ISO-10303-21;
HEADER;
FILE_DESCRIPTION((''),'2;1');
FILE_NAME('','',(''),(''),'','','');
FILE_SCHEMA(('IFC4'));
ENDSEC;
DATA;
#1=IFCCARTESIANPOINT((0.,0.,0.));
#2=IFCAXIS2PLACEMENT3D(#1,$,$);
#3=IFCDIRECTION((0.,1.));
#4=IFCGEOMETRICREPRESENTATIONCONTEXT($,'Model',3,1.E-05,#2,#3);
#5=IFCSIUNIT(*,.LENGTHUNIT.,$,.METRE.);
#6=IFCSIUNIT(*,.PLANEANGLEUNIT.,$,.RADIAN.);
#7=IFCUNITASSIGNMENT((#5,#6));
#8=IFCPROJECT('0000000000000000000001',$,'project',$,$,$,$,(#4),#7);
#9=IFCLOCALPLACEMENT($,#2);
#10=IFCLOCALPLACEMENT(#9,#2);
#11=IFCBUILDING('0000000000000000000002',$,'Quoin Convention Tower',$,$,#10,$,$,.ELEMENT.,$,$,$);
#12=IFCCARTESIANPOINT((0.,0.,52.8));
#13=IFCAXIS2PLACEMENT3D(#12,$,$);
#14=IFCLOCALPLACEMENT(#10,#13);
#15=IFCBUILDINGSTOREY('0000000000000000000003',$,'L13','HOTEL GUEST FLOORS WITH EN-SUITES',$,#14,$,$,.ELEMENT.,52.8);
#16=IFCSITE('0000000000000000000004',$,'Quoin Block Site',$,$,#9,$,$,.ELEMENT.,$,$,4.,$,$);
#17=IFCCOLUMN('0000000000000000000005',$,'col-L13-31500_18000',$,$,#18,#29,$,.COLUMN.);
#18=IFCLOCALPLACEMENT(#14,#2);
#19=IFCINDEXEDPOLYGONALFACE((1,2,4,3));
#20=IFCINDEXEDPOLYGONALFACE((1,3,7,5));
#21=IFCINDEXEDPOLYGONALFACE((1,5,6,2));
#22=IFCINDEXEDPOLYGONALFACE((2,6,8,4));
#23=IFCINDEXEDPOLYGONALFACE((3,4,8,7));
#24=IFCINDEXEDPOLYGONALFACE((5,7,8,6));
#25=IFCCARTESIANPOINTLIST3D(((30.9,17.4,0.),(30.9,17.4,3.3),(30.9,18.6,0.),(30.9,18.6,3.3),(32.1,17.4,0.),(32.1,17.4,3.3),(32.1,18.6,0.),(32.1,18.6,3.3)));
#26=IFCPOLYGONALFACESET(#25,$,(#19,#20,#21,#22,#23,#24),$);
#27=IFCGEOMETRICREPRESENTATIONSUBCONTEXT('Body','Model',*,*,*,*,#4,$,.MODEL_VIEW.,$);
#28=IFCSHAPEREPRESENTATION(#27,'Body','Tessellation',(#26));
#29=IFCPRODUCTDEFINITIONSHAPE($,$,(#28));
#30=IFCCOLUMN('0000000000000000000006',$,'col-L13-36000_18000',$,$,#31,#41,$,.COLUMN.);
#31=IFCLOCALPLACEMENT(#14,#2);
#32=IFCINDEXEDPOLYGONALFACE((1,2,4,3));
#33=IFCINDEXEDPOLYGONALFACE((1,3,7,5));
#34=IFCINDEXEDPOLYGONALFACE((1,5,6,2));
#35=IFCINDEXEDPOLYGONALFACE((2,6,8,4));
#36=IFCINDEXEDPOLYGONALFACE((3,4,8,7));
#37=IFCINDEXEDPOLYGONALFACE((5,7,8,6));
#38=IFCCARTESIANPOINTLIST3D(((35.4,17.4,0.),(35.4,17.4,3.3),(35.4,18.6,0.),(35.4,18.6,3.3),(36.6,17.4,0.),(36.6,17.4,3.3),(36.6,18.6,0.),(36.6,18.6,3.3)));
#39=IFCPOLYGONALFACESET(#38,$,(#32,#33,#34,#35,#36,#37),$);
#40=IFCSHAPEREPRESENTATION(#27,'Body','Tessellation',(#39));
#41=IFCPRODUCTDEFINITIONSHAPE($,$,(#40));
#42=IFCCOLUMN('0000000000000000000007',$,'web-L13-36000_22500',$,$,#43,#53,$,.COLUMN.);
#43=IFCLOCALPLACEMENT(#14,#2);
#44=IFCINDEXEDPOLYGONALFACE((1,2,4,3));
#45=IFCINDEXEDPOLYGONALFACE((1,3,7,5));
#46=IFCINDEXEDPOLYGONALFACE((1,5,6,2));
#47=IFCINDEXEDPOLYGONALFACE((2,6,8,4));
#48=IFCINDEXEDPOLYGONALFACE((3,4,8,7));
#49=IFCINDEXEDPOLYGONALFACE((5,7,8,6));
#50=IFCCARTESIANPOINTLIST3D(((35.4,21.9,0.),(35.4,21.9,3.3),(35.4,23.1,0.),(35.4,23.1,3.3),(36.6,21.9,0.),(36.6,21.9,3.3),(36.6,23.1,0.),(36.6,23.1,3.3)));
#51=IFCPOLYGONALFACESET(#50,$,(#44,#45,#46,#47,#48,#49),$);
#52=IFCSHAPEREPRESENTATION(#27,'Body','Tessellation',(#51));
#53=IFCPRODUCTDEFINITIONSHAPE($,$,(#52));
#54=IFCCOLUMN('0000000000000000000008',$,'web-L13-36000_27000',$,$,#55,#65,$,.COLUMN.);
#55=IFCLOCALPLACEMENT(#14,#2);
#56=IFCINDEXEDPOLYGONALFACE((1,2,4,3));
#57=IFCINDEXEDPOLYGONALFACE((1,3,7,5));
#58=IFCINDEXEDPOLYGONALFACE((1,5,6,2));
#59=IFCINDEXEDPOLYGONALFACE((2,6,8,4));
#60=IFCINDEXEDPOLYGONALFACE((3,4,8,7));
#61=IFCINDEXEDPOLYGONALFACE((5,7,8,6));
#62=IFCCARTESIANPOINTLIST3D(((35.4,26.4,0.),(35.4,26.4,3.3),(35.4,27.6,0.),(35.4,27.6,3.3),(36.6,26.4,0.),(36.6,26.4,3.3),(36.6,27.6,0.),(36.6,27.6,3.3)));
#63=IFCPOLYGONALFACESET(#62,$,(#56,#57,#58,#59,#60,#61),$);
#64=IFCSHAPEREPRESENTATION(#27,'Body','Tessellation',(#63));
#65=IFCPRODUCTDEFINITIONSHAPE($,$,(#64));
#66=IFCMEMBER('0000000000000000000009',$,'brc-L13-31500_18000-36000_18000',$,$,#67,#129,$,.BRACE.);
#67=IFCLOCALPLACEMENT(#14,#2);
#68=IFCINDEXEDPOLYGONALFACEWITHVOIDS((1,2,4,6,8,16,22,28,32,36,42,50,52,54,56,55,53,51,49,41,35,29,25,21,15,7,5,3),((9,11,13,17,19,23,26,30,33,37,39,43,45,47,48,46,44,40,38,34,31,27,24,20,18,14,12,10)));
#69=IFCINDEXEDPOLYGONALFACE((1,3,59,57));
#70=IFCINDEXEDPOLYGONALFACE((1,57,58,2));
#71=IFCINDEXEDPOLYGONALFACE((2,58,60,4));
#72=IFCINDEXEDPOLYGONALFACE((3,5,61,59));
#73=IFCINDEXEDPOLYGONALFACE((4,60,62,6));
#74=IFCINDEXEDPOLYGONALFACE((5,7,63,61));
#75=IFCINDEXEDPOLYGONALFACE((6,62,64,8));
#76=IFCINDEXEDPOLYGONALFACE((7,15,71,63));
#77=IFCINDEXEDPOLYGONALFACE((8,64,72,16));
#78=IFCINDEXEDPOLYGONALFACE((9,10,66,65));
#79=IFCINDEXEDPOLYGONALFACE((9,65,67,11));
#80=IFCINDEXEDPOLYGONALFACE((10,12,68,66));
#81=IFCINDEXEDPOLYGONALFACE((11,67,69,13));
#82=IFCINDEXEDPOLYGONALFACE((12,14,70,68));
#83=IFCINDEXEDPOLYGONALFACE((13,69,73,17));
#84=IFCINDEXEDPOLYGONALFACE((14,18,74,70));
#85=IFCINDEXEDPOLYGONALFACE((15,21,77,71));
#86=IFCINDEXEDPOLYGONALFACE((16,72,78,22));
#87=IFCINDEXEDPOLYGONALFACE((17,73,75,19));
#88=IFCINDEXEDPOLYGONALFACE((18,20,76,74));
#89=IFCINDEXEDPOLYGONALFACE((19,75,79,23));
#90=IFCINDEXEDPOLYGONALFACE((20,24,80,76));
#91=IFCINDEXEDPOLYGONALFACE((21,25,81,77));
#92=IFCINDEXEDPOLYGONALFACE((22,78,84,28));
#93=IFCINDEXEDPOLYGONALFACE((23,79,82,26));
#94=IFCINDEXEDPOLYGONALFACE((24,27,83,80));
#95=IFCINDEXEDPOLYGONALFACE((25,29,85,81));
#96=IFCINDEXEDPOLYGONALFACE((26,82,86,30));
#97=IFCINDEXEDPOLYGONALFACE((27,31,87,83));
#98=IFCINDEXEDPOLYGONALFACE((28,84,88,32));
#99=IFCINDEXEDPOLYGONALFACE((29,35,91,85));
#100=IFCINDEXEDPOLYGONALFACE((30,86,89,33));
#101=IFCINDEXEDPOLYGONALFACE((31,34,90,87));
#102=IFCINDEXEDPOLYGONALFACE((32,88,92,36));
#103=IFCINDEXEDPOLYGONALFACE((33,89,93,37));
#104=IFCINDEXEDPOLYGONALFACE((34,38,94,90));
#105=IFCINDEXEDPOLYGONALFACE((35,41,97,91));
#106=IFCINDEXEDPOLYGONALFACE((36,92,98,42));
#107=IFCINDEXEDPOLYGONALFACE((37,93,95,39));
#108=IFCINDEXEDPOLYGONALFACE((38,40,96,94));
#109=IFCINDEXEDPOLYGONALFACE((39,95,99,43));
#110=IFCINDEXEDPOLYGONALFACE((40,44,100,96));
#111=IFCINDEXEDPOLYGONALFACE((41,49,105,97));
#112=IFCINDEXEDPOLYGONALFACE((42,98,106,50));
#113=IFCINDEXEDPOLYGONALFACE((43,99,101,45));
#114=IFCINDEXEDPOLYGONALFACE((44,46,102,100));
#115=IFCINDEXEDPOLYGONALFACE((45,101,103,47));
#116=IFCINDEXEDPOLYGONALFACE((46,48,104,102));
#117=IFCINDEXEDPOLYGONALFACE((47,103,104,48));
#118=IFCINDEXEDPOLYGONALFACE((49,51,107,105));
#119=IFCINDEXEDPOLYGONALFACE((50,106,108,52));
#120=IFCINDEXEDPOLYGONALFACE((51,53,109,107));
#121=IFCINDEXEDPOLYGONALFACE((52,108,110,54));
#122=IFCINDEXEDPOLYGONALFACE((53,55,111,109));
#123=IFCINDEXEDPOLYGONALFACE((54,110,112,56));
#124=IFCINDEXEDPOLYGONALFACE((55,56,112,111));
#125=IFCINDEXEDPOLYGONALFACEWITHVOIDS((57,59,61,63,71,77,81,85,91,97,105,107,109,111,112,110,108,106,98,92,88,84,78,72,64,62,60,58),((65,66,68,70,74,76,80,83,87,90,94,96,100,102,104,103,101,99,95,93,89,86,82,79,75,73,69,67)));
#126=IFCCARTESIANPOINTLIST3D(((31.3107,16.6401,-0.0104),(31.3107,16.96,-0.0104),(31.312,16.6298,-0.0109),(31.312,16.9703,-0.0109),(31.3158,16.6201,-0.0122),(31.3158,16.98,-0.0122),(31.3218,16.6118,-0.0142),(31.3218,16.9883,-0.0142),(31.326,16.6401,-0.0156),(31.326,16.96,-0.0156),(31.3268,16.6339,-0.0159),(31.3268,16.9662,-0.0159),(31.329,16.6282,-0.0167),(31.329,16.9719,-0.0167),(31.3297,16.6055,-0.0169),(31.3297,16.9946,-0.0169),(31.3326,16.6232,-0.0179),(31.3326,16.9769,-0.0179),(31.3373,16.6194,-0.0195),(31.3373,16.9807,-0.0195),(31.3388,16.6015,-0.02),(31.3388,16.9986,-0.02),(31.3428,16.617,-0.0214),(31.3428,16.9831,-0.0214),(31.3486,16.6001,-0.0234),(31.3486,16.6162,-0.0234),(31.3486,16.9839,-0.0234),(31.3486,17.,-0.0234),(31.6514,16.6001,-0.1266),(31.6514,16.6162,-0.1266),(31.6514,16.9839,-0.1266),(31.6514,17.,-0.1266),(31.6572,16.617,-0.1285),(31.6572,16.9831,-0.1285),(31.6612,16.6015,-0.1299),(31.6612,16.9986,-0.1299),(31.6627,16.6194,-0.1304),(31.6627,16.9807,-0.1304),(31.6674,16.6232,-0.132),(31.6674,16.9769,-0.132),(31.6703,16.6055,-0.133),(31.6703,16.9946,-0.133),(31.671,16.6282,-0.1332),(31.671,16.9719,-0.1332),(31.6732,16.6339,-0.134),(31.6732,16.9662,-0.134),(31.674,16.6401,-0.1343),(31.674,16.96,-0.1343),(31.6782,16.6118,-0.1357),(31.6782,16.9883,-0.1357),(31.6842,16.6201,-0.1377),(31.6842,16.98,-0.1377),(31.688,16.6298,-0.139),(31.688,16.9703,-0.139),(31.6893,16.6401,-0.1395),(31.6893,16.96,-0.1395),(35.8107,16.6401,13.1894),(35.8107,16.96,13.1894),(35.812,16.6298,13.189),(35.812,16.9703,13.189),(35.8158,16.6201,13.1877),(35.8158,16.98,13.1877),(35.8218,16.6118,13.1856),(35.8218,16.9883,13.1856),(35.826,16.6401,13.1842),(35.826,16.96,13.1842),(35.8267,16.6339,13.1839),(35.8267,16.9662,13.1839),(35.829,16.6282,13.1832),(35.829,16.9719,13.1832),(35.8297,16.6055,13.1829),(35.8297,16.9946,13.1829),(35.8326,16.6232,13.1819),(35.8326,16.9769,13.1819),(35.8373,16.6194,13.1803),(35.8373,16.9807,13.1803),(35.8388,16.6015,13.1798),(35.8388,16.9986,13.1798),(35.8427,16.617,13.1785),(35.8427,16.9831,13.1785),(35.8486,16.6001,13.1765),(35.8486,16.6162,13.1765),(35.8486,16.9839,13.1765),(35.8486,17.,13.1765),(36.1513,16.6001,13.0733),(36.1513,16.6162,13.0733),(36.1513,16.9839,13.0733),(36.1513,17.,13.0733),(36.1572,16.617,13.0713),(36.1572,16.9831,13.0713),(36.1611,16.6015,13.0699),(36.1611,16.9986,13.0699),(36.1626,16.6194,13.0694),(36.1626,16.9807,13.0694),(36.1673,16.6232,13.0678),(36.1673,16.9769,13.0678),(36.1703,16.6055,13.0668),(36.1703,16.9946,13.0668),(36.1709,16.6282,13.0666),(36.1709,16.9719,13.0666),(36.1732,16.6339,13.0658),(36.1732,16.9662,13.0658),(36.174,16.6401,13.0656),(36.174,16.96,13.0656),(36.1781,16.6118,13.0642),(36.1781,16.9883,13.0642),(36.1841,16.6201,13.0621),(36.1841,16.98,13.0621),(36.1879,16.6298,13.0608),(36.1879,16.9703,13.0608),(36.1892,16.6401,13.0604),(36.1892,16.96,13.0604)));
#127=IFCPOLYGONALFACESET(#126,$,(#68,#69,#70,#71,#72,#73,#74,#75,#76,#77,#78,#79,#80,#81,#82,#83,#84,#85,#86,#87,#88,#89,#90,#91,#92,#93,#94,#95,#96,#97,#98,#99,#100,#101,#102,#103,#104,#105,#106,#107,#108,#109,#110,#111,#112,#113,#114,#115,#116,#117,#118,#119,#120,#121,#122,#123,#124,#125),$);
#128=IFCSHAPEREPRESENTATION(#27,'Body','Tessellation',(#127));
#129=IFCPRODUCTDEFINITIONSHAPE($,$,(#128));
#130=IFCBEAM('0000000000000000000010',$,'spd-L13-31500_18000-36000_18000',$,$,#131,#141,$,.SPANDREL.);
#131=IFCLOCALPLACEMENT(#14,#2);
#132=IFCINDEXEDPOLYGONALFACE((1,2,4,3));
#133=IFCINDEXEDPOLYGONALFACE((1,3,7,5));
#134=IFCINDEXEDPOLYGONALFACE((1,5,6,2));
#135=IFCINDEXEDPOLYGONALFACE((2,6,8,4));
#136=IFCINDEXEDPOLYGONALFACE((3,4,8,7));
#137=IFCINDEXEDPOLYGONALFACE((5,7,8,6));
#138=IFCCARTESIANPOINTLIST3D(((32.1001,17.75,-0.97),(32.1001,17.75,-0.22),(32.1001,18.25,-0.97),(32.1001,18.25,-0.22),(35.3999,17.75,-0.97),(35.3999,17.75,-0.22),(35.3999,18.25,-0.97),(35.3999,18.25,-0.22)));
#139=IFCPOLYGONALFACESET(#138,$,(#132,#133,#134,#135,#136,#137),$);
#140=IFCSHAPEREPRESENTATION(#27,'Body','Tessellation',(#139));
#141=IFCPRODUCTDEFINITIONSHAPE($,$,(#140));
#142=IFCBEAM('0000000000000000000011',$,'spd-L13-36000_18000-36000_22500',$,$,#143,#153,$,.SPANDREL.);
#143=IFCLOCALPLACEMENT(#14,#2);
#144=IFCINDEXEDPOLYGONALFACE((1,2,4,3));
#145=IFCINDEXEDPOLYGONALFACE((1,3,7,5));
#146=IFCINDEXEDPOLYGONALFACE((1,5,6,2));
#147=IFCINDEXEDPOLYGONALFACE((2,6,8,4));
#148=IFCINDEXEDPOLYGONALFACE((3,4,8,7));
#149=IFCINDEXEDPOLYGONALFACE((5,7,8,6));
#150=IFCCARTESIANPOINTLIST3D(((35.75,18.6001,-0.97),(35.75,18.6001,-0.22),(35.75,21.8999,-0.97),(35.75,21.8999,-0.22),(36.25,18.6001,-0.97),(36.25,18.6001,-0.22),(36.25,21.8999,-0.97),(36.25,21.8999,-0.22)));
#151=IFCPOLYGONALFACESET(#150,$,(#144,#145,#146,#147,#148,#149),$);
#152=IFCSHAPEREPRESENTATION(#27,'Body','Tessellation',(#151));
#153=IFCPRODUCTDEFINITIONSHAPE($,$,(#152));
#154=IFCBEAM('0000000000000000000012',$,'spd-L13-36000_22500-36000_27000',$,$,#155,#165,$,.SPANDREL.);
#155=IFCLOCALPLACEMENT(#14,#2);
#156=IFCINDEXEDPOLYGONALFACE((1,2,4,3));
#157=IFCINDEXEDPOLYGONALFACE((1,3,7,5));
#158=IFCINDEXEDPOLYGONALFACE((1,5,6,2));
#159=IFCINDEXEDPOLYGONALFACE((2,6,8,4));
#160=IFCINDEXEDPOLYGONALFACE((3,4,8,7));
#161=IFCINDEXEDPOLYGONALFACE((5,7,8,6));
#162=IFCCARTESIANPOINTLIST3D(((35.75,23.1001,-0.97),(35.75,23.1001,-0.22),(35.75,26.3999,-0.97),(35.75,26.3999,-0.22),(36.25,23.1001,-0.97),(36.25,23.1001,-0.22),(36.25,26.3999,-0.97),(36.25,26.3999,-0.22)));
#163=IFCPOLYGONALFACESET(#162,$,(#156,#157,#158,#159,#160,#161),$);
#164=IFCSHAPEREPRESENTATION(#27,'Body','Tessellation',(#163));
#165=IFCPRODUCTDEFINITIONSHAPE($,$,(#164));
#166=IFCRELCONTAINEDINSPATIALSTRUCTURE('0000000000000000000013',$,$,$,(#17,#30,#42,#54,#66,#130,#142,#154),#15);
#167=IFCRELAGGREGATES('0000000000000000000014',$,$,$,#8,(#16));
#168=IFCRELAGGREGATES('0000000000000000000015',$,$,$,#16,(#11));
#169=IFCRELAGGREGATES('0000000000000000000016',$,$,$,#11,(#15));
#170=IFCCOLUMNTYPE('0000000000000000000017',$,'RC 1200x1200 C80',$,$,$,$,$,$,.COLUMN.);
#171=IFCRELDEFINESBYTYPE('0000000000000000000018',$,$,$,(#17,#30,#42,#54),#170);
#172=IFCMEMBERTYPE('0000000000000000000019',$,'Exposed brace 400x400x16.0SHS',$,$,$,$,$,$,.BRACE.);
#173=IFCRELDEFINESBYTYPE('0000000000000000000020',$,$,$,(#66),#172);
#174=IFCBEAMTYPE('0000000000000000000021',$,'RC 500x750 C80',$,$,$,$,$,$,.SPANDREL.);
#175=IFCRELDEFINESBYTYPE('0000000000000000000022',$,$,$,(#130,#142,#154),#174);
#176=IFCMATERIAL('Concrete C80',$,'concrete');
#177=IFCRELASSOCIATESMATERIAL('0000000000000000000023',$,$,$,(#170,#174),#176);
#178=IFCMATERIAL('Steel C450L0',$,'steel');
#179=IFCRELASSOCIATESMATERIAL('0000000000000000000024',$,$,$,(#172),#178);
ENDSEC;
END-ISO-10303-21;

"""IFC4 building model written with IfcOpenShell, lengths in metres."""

from ifc_helpers import new_model, si_unit, direction, frame, origin, origin_2d, place, context, subcontext, project, spatial, rectangle, hollow_rectangle, extrude, material, material_profile, profile_set, type_object, element, save


model = new_model("IFC4")

# Units and contexts
model_context = context("Model", 3, precision=1e-05, world=origin(), true_north=direction((0.0, 1.0)))
body_context = subcontext(model_context, "Body", "Model", "MODEL_VIEW")
ifc_project = project(units=[si_unit("LENGTHUNIT", "METRE"), si_unit("PLANEANGLEUNIT", "RADIAN")], contexts=[model_context])

# Site, building, storey
site_placement = place(None, origin())
site = spatial("IfcSite", under=ifc_project, at=site_placement, Name="Quoin Block Site", CompositionType="ELEMENT", RefElevation=4.0)
building_placement = place(site_placement, origin())
building = spatial("IfcBuilding", under=site, at=building_placement, Name="Quoin Convention Tower", CompositionType="ELEMENT")
storey_placement = place(building_placement, frame((0.0, 0.0, 52.8)))
storey = spatial("IfcBuildingStorey", under=building, at=storey_placement, Name="L13", Description="HOTEL GUEST FLOORS WITH EN-SUITES", CompositionType="ELEMENT", Elevation=52.8)

# Columns
ifc_material_1 = material(Name="Concrete C80", Category="concrete")
ifc_material_profile_1 = material_profile(ifc_material_1, rectangle(XDim=1.2, YDim=1.2, at=origin_2d()), Name="RC 1200x1200")
ifc_profile_set_1 = profile_set([ifc_material_profile_1], Name="Concrete C80")
column_type = type_object("IfcColumnType", Name="RC 1200x1200 C80", PredefinedType="COLUMN", material=ifc_profile_set_1)
for number, where, z_axis, x_axis, name in (
    (1, (31.5, 18.0, 0.0), (0.0, 0.0, 1.0), (1.0, 0.0, 0.0), "col-L13-31500_18000"),
    (2, (36.0, 18.0, 0.0), (0.0, 0.0, 1.0), (1.0, 0.0, 0.0), "col-L13-36000_18000"),
    (3, (36.0, 22.5, 0.0), (0.0, 0.0, 1.0), (1.0, 0.0, 0.0), "web-L13-36000_22500"),
    (4, (36.0, 27.0, 0.0), (0.0, 0.0, 1.0), (1.0, 0.0, 0.0), "web-L13-36000_27000"),
):
    element("IfcColumn", number, at=place(storey_placement, frame(where, z_axis=z_axis, x_axis=x_axis)), inside=storey, type_object=column_type, Name=name, PredefinedType="COLUMN", context=body_context, shape_type="SweptSolid", body=[
        extrude(rectangle(XDim=1.2, YDim=1.2, at=origin_2d()), origin(), (0.0, 0.0, 1.0), 3.3),
    ])

# Member
ifc_material_2 = material(Name="Steel C450L0", Category="steel")
ifc_material_profile_2 = material_profile(ifc_material_2, hollow_rectangle(XDim=0.3999, YDim=0.3999, WallThickness=0.0161, InnerFilletRadius=0.0239, OuterFilletRadius=0.04, at=origin_2d()), Name="400x400x16.0SHS")
ifc_profile_set_2 = profile_set([ifc_material_profile_2], Name="Steel C450L0")
member_type = type_object("IfcMemberType", Name="Exposed brace 400x400x16.0SHS", PredefinedType="BRACE", material=ifc_profile_set_2)
member_placement = place(storey_placement, frame((31.5, 16.8, -0.075), z_axis=(0.322675, 0.0, 0.94651), x_axis=(0.0, 1.0, 0.0)))
element("IfcMember", 5, at=member_placement, inside=storey, type_object=member_type, Name="brc-L13-31500_18000-36000_18000", PredefinedType="BRACE", context=body_context, shape_type="SweptSolid", body=[
    extrude(hollow_rectangle(XDim=0.3999, YDim=0.3999, WallThickness=0.0161, InnerFilletRadius=0.0239, OuterFilletRadius=0.04, at=origin_2d()), origin(), (0.0, 0.0, 1.0), 13.9458),
])

# Beams
ifc_material_profile_3 = material_profile(ifc_material_1, rectangle(XDim=0.5, YDim=0.75, at=origin_2d()), Name="RC 500x750")
ifc_profile_set_3 = profile_set([ifc_material_profile_3], Name="Concrete C80")
beam_type = type_object("IfcBeamType", Name="RC 500x750 C80", PredefinedType="SPANDREL", material=ifc_profile_set_3)
for number, where, z_axis, x_axis, name in (
    (6, (32.1001, 18.0, -0.595), (1.0, 0.0, 0.0), (0.0, 1.0, 0.0), "spd-L13-31500_18000-36000_18000"),
    (7, (36.0, 18.6001, -0.595), (0.0, 1.0, 0.0), (-1.0, 0.0, 0.0), "spd-L13-36000_18000-36000_22500"),
    (8, (36.0, 23.1001, -0.595), (0.0, 1.0, 0.0), (-1.0, 0.0, 0.0), "spd-L13-36000_22500-36000_27000"),
):
    element("IfcBeam", number, at=place(storey_placement, frame(where, z_axis=z_axis, x_axis=x_axis)), inside=storey, type_object=beam_type, Name=name, PredefinedType="SPANDREL", context=body_context, shape_type="SweptSolid", body=[
        extrude(rectangle(XDim=0.5, YDim=0.75, at=origin_2d()), origin(), (0.0, 0.0, 1.0), 3.2998),
    ])

save(model, "model.ifc")
